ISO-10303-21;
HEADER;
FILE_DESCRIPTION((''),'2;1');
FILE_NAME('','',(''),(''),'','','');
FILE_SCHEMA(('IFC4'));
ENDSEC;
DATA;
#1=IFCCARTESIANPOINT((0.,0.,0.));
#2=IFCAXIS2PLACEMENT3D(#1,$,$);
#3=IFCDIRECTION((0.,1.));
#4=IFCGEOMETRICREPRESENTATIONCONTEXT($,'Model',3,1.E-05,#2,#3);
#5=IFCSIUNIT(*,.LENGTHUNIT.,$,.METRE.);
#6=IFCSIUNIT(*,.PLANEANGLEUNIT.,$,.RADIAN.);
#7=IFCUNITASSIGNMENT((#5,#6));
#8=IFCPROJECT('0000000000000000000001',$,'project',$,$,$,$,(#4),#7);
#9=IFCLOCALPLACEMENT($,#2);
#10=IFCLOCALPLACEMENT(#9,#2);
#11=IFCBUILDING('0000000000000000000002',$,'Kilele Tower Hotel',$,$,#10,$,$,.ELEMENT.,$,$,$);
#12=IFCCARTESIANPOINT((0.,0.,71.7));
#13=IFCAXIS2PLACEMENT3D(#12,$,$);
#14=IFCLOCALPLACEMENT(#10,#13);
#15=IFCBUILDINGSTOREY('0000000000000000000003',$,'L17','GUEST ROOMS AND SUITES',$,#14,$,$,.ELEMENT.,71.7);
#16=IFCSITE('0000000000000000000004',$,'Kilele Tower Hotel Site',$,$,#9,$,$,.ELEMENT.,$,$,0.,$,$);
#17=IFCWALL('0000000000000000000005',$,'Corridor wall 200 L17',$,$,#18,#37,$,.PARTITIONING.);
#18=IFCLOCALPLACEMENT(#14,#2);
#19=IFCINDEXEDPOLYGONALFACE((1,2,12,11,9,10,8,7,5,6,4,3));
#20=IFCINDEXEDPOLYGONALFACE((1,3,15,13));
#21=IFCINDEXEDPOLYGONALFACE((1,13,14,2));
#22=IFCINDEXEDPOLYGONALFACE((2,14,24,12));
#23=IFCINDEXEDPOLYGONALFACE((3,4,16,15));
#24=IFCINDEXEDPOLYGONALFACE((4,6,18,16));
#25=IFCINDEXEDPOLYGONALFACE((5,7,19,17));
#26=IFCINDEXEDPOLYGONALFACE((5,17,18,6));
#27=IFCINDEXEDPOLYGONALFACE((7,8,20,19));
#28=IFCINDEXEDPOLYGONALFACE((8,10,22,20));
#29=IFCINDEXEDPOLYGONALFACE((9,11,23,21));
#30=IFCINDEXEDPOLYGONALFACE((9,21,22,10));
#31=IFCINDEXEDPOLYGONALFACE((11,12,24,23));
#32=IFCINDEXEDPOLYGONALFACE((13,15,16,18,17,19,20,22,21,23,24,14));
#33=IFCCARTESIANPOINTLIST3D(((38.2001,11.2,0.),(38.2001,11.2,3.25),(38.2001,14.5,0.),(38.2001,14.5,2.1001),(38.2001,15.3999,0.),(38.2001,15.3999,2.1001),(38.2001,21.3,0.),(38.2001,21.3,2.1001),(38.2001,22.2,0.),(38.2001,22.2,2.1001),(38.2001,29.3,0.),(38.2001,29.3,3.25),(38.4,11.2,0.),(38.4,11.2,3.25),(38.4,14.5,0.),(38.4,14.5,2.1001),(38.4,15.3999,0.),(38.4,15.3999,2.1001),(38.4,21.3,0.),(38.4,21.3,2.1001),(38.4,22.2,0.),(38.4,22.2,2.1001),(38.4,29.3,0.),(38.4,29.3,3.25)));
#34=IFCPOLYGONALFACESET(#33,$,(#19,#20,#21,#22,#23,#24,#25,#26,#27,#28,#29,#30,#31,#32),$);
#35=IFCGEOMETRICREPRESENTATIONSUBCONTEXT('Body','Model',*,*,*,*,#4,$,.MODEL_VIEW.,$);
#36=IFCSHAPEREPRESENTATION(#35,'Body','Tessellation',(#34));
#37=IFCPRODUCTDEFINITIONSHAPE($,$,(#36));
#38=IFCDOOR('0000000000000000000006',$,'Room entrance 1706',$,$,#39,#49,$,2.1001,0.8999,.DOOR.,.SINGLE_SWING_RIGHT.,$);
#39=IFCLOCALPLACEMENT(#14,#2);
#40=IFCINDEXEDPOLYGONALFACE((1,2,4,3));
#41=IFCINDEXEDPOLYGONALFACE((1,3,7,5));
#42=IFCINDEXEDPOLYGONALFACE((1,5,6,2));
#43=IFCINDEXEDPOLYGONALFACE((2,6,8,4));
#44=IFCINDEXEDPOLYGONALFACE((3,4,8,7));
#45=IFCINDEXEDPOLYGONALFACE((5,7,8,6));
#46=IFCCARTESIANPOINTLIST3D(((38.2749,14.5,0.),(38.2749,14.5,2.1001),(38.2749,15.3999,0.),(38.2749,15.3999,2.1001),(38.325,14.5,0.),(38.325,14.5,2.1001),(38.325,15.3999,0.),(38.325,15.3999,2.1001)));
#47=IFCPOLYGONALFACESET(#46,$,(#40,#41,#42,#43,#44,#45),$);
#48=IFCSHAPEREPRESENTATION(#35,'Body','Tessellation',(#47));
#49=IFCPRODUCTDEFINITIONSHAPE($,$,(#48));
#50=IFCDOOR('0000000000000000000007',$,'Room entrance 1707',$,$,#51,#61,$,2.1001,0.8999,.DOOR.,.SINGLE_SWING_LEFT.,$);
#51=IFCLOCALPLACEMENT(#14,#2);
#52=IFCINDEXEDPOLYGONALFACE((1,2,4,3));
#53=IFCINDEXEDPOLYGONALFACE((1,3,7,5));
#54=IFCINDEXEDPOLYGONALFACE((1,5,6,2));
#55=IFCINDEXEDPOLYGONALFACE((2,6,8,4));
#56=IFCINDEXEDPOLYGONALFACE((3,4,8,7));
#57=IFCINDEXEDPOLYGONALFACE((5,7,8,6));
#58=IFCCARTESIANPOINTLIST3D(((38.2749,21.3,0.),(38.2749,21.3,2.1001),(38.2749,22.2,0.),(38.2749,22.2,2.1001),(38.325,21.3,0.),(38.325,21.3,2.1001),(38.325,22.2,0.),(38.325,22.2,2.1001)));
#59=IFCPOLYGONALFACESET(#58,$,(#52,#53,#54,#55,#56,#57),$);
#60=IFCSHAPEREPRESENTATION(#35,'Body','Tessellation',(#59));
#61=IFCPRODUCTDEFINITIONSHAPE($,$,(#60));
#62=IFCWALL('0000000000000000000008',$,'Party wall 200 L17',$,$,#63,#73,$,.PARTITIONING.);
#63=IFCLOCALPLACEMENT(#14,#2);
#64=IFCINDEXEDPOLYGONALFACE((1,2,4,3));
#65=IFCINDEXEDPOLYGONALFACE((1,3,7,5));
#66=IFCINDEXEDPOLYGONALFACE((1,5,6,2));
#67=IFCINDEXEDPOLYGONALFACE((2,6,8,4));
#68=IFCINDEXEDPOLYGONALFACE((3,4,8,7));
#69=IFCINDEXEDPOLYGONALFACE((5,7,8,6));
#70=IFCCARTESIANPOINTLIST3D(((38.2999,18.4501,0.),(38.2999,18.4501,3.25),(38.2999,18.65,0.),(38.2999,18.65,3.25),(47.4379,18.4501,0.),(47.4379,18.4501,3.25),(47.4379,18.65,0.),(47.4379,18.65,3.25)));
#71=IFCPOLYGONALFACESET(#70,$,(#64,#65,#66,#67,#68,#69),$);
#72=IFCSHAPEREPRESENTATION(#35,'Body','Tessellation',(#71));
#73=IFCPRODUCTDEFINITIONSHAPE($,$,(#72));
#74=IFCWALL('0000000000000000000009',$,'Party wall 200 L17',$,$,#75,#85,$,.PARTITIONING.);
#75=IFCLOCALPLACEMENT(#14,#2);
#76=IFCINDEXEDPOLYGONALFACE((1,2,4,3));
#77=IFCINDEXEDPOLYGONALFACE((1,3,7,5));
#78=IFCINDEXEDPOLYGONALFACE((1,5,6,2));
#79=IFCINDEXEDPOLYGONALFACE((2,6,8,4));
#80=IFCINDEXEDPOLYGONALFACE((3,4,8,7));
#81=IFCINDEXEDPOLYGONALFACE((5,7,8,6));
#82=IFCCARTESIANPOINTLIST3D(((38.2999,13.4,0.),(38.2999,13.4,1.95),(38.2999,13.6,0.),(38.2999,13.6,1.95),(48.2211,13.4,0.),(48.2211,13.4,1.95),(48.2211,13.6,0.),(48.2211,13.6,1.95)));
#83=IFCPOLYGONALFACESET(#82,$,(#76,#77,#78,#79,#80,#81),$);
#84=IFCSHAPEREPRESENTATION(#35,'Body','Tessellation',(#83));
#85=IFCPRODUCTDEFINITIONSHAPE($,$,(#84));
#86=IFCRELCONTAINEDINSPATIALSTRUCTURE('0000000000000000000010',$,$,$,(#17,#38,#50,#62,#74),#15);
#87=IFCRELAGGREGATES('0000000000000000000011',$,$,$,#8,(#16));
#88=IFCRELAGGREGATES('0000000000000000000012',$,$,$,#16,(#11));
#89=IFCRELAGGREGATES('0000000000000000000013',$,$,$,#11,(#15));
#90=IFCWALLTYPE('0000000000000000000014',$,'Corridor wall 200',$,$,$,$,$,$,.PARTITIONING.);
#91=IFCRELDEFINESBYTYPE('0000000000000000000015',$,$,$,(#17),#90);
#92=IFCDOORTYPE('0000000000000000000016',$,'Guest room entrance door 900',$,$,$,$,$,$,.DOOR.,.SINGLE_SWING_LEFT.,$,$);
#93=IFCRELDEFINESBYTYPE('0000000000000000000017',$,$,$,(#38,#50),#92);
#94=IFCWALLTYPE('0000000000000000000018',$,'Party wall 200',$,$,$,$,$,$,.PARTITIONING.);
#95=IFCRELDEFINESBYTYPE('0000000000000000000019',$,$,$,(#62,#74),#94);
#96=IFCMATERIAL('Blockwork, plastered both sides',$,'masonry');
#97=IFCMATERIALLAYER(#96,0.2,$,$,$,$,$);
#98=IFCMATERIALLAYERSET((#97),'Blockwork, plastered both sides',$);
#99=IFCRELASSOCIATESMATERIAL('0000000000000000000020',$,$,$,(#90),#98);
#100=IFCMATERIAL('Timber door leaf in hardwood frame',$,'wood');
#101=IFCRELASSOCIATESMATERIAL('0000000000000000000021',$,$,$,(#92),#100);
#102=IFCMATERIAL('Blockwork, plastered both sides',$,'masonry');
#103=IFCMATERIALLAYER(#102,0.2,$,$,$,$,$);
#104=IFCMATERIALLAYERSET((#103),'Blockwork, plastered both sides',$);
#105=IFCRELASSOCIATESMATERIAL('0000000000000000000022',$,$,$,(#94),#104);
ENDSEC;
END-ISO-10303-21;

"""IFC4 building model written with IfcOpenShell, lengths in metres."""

from ifc_helpers import new_model, si_unit, direction, frame, frame_2d, origin, place, context, subcontext, project, spatial, rectangle, extrude, material, layer, layer_set, type_object, element, fill, save


model = new_model("IFC4")

# Units and contexts
model_context = context("Model", 3, precision=1e-05, world=origin(), true_north=direction((0.0, 1.0)))
body_context = subcontext(model_context, "Body", "Model", "MODEL_VIEW")
ifc_project = project(units=[si_unit("LENGTHUNIT", "METRE"), si_unit("PLANEANGLEUNIT", "RADIAN")], contexts=[model_context])

# Site, building, storey
site_placement = place(None, origin())
site = spatial("IfcSite", under=ifc_project, at=site_placement, Name="Kilele Tower Hotel Site", CompositionType="ELEMENT", RefElevation=0.0)
building_placement = place(site_placement, origin())
building = spatial("IfcBuilding", under=site, at=building_placement, Name="Kilele Tower Hotel", CompositionType="ELEMENT")
storey_placement = place(building_placement, frame((0.0, 0.0, 71.7)))
storey = spatial("IfcBuildingStorey", under=building, at=storey_placement, Name="L17", Description="GUEST ROOMS AND SUITES", CompositionType="ELEMENT", Elevation=71.7)

# Wall, openings, doors
ifc_material_1 = material(Name="Blockwork, plastered both sides", Category="masonry")
ifc_layer_1 = layer(ifc_material_1, 0.2)
ifc_layer_set_1 = layer_set([ifc_layer_1], Name="Blockwork, plastered both sides")
wall_type_1 = type_object("IfcWallType", Name="Corridor wall 200", PredefinedType="PARTITIONING", material=ifc_layer_set_1)
wall_1_placement = place(storey_placement, frame((38.3, 11.2, 0.0), z_axis=(0.0, 0.0, 1.0), x_axis=(0.0, 1.0, 0.0)))
wall_1 = element("IfcWall", 1, at=wall_1_placement, inside=storey, type_object=wall_type_1, Name="Corridor wall 200 L17", PredefinedType="PARTITIONING", context=body_context, shape_type="SweptSolid", body=[
    extrude(rectangle(XDim=18.1001, YDim=0.2, at=frame_2d((9.05, 0.0))), origin(), (0.0, 0.0, 1.0), 3.25),
])
opening_1_placement = place(wall_1_placement, frame((4.2, 0.0, 0.0), z_axis=(0.0, 0.0, 1.0), x_axis=(-1.0, 0.0, 0.0)))
opening_1 = element("IfcOpeningElement", 2, at=opening_1_placement, cuts=wall_1, PredefinedType="OPENING", context=body_context, shape_type="SweptSolid", body=[
    extrude(rectangle(XDim=0.8999, YDim=2.1001, at=frame_2d((0.45, 1.05))), frame((0.0, 0.1099, 0.0), z_axis=(0.0, -1.0, 0.0), x_axis=(1.0, 0.0, 0.0)), (0.0, 0.0, 1.0), 0.22),
])
opening_2_placement = place(wall_1_placement, frame((11.0, 0.0, 0.0), z_axis=(0.0, 0.0, 1.0), x_axis=(-1.0, 0.0, 0.0)))
opening_2 = element("IfcOpeningElement", 3, at=opening_2_placement, cuts=wall_1, PredefinedType="OPENING", context=body_context, shape_type="SweptSolid", body=[
    extrude(rectangle(XDim=0.8999, YDim=2.1001, at=frame_2d((0.45, 1.05))), frame((0.0, 0.1099, 0.0), z_axis=(0.0, -1.0, 0.0), x_axis=(1.0, 0.0, 0.0)), (0.0, 0.0, 1.0), 0.22),
])
ifc_material_2 = material(Name="Timber door leaf in hardwood frame", Category="wood")
door_type_1 = type_object("IfcDoorType", Name="Guest room entrance door 900", OperationType="SINGLE_SWING_LEFT", PredefinedType="DOOR", material=ifc_material_2)
door_1_placement = place(opening_1_placement, origin())
door_1 = element("IfcDoor", 4, at=door_1_placement, inside=storey, type_object=door_type_1, Name="Room entrance 1706", OperationType="SINGLE_SWING_RIGHT", OverallHeight=2.1001, OverallWidth=0.8999, PredefinedType="DOOR", context=body_context, shape_type="SweptSolid", body=[
    extrude(rectangle(XDim=0.8999, YDim=2.1001, at=frame_2d((0.45, 1.05))), frame((0.0, 0.0249, 0.0), z_axis=(0.0, -1.0, 0.0), x_axis=(1.0, 0.0, 0.0)), (0.0, 0.0, 1.0), 0.05),
])
fill(opening_1, door_1)
door_2_placement = place(opening_2_placement, origin())
door_2 = element("IfcDoor", 5, at=door_2_placement, inside=storey, type_object=door_type_1, Name="Room entrance 1707", OperationType="SINGLE_SWING_LEFT", OverallHeight=2.1001, OverallWidth=0.8999, PredefinedType="DOOR", context=body_context, shape_type="SweptSolid", body=[
    extrude(rectangle(XDim=0.8999, YDim=2.1001, at=frame_2d((0.45, 1.05))), frame((0.0, 0.0249, 0.0), z_axis=(0.0, -1.0, 0.0), x_axis=(1.0, 0.0, 0.0)), (0.0, 0.0, 1.0), 0.05),
])
fill(opening_2, door_2)

# Walls
ifc_material_3 = material(Name="Blockwork, plastered both sides", Category="masonry")
ifc_layer_2 = layer(ifc_material_3, 0.2)
ifc_layer_set_2 = layer_set([ifc_layer_2], Name="Blockwork, plastered both sides")
wall_type_2 = type_object("IfcWallType", Name="Party wall 200", PredefinedType="PARTITIONING", material=ifc_layer_set_2)
wall_2_placement = place(storey_placement, frame((38.3, 18.55, 0.0), z_axis=(0.0, 0.0, 1.0), x_axis=(1.0, 0.0, 0.0)))
element("IfcWall", 6, at=wall_2_placement, inside=storey, type_object=wall_type_2, Name="Party wall 200 L17", PredefinedType="PARTITIONING", context=body_context, shape_type="SweptSolid", body=[
    extrude(rectangle(XDim=9.1379, YDim=0.2, at=frame_2d((4.5688, 0.0))), origin(), (0.0, 0.0, 1.0), 3.25),
])
wall_3_placement = place(storey_placement, frame((38.3, 13.5, 0.0), z_axis=(0.0, 0.0, 1.0), x_axis=(1.0, 0.0, 0.0)))
element("IfcWall", 7, at=wall_3_placement, inside=storey, type_object=wall_type_2, Name="Party wall 200 L17", PredefinedType="PARTITIONING", context=body_context, shape_type="SweptSolid", body=[
    extrude(rectangle(XDim=9.9211, YDim=0.2, at=frame_2d((4.9604, 0.0))), origin(), (0.0, 0.0, 1.0), 1.95),
])

save(model, "model.ifc")
